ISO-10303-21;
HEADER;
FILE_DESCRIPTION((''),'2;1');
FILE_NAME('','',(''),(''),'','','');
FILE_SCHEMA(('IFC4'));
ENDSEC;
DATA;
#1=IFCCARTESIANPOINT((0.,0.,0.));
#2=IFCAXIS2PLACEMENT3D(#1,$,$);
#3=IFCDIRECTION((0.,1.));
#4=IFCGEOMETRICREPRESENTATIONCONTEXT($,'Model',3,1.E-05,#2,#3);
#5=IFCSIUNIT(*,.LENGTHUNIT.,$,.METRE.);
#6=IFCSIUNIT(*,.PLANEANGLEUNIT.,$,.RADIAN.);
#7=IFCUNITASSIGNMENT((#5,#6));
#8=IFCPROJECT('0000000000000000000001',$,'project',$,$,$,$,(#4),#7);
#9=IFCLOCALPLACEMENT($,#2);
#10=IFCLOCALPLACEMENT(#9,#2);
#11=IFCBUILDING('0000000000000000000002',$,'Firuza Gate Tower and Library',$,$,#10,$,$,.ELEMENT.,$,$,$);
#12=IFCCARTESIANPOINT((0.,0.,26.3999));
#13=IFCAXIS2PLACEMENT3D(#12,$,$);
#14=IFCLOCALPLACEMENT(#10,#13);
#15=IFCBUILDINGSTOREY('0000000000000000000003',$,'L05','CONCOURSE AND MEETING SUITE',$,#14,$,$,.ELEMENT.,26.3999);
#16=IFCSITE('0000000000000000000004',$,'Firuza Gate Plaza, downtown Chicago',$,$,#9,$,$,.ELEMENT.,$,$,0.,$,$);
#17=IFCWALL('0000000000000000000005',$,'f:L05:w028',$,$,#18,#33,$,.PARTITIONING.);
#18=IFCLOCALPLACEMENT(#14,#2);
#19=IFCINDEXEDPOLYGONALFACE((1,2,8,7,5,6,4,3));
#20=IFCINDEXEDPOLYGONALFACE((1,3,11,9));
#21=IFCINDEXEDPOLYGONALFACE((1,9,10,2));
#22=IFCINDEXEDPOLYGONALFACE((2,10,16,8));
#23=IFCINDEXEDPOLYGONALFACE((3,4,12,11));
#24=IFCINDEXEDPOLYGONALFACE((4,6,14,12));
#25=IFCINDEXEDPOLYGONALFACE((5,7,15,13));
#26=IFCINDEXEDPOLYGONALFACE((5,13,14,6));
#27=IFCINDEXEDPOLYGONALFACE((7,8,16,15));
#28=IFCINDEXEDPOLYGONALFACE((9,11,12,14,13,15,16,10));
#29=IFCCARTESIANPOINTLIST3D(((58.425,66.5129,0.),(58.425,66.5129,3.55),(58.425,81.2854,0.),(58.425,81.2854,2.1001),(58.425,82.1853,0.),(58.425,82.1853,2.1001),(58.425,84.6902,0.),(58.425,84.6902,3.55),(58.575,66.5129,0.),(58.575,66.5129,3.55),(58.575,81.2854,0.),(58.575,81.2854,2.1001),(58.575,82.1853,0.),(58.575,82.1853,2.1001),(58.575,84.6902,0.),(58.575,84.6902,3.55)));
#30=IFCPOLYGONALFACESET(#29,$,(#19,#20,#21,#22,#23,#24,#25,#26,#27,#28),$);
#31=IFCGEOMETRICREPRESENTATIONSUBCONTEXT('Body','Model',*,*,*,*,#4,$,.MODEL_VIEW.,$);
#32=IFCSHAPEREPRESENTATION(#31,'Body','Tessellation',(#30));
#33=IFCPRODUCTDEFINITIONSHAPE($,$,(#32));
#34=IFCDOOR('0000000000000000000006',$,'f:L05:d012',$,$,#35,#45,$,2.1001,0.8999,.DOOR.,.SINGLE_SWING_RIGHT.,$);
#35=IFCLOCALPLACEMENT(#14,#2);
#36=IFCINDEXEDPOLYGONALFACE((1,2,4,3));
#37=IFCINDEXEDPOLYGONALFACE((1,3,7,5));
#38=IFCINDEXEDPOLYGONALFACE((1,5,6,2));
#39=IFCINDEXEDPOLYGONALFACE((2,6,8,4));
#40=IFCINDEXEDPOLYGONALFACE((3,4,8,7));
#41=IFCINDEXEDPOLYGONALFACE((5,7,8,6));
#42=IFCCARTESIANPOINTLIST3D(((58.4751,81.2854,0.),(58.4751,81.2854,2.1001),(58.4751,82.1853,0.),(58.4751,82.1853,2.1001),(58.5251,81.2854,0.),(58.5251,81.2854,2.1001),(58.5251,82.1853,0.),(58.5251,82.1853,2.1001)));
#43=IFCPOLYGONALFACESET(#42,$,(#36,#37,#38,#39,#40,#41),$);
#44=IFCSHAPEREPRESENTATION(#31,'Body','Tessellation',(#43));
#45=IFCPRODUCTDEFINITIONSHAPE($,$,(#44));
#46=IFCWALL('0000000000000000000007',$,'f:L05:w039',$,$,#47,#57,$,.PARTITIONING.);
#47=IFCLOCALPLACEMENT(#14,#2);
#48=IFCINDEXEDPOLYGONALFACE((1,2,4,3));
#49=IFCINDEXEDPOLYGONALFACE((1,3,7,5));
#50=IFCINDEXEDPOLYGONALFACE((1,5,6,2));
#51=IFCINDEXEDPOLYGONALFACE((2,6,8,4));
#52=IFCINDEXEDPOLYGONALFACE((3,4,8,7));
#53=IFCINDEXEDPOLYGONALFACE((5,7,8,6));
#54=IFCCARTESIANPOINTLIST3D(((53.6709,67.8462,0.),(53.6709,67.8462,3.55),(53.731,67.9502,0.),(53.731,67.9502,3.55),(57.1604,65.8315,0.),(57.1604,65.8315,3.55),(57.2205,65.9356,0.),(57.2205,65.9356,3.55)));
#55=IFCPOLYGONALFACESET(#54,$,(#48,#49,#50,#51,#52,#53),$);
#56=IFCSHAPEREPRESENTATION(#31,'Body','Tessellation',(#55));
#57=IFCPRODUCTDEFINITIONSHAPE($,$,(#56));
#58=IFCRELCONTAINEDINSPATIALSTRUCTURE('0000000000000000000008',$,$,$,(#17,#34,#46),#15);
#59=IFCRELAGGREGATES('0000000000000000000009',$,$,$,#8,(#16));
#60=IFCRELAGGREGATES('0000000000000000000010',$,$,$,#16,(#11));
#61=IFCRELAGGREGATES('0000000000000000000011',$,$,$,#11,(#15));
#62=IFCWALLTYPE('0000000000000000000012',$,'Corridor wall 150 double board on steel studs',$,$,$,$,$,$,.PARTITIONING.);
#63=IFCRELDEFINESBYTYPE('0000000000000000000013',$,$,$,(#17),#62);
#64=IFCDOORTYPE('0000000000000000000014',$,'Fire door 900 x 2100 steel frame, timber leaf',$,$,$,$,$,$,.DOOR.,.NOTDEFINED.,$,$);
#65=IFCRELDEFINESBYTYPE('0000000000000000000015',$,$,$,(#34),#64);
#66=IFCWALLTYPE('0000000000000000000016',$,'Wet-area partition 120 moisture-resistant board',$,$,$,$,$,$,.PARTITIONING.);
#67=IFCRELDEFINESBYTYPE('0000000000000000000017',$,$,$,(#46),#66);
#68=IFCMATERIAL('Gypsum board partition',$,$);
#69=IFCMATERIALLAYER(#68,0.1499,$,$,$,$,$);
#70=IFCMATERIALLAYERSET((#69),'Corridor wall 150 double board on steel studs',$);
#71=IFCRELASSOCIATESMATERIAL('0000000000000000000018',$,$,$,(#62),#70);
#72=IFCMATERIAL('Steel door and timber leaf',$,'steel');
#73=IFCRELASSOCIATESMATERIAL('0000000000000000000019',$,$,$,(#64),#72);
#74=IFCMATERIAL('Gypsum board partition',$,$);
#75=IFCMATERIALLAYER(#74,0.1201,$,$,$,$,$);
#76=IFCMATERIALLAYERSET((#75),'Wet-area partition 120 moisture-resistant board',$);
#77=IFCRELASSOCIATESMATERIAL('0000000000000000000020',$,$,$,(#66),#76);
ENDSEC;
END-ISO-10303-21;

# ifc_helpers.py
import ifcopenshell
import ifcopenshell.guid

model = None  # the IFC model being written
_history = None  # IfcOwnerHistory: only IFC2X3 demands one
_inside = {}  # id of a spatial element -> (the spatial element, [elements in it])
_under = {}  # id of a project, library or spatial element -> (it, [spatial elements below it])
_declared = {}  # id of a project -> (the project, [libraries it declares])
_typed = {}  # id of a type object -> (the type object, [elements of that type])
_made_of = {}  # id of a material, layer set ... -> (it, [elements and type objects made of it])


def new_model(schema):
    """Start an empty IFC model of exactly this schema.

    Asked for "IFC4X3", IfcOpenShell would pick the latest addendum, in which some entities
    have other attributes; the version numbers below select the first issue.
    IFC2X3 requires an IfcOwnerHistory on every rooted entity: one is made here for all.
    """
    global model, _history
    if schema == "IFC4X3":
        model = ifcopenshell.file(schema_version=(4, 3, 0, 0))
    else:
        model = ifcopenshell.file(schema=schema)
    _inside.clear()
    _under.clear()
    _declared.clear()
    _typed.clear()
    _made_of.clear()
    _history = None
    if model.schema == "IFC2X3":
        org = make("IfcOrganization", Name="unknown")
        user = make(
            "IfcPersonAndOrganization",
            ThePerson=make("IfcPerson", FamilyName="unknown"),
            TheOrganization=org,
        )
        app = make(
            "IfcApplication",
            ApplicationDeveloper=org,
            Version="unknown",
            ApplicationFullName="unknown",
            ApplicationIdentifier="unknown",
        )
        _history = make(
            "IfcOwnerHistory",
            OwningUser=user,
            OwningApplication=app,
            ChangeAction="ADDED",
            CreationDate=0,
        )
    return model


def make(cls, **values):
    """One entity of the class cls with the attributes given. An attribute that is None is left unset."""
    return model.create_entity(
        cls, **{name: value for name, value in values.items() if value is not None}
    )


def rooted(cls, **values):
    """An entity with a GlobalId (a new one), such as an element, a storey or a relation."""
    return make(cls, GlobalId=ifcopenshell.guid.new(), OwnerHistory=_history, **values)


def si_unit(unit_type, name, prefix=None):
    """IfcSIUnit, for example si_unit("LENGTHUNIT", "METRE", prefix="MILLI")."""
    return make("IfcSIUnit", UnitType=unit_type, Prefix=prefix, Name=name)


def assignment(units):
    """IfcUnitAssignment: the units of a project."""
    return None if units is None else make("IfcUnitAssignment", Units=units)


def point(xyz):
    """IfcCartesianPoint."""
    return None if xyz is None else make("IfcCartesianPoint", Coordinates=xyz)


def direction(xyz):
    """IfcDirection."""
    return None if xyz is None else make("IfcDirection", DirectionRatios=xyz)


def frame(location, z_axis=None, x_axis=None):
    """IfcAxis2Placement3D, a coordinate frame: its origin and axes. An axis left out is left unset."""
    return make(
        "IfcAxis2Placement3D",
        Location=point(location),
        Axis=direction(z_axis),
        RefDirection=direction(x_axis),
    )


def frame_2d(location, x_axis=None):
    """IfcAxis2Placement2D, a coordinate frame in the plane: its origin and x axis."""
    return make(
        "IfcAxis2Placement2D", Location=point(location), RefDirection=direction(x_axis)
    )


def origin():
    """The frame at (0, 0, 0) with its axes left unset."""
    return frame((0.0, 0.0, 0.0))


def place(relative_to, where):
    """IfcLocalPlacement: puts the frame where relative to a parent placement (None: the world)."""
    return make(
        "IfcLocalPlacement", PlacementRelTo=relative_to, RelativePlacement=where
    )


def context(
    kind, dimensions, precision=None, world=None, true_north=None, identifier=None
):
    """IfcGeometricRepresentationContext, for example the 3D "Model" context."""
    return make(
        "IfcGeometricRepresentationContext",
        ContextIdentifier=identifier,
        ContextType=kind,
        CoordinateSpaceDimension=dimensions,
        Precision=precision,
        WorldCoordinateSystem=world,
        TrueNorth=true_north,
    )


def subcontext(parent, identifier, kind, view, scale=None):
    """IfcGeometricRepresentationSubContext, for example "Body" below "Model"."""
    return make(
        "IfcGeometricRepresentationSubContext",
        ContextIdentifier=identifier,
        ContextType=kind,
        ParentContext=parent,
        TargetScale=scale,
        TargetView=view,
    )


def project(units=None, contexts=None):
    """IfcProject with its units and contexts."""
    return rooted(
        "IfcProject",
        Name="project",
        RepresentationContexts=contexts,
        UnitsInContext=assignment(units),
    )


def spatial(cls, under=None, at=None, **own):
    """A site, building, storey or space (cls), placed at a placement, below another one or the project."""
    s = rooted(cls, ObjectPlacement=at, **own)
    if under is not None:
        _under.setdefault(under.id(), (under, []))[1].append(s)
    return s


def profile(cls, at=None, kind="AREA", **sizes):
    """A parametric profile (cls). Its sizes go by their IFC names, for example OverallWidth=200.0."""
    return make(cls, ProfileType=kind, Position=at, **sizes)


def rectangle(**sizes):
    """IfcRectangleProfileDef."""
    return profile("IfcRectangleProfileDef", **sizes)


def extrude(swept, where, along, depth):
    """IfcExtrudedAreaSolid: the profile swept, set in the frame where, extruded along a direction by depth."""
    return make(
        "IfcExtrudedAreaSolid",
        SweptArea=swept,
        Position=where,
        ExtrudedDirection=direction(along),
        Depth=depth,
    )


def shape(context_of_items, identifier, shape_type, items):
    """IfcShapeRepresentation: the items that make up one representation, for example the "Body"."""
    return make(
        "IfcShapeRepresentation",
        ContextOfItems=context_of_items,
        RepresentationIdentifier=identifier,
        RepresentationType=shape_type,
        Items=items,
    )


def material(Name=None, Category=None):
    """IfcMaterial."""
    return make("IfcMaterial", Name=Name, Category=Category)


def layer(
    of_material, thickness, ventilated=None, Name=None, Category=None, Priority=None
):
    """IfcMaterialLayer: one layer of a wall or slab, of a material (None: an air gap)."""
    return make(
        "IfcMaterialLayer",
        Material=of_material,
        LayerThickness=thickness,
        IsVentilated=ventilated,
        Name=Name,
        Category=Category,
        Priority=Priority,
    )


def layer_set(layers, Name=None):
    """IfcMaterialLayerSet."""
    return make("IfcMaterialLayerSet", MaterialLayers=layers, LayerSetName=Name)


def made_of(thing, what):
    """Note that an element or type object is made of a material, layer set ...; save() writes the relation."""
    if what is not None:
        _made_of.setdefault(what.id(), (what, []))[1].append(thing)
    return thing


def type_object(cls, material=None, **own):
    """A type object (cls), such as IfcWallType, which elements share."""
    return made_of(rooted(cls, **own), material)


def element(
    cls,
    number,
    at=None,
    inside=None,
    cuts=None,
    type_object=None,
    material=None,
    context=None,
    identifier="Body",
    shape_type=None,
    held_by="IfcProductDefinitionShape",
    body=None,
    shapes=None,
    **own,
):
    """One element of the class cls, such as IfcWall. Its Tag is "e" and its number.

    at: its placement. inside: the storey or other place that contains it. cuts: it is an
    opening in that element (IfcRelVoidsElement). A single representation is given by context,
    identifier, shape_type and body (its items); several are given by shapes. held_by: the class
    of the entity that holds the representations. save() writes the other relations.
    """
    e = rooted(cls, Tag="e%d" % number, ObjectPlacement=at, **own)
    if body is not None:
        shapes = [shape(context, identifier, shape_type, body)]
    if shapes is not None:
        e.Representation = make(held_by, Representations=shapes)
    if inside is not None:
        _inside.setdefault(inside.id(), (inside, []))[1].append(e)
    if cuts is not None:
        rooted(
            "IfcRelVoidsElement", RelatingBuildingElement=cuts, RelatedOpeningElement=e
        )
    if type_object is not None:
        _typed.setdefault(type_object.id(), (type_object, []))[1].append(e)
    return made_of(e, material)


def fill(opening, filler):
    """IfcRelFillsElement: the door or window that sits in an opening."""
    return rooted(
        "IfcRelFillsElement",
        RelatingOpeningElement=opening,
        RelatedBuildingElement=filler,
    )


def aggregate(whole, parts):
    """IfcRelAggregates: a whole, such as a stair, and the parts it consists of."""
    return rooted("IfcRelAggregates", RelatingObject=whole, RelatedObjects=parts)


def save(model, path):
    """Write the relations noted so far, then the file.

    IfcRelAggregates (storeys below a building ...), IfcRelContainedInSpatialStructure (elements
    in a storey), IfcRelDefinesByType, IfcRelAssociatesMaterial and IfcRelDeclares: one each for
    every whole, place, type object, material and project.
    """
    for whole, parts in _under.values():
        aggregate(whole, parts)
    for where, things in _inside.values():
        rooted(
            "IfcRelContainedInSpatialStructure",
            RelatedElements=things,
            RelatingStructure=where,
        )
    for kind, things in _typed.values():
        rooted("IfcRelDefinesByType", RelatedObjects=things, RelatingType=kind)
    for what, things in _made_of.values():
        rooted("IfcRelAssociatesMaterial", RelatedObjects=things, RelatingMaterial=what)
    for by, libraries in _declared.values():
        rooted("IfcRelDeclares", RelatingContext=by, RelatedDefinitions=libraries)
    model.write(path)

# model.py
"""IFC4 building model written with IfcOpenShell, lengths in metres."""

from ifc_helpers import new_model, si_unit, direction, frame, frame_2d, origin, place, context, subcontext, project, spatial, rectangle, extrude, material, layer, layer_set, type_object, element, fill, save


model = new_model("IFC4")

# Units and contexts
model_context = context("Model", 3, precision=1e-05, world=origin(), true_north=direction((0.0, 1.0)))
body_context = subcontext(model_context, "Body", "Model", "MODEL_VIEW")
ifc_project = project(units=[si_unit("LENGTHUNIT", "METRE"), si_unit("PLANEANGLEUNIT", "RADIAN")], contexts=[model_context])

# Site, building, storey
site_placement = place(None, origin())
site = spatial("IfcSite", under=ifc_project, at=site_placement, Name="Firuza Gate Plaza, downtown Chicago", CompositionType="ELEMENT", RefElevation=0.0)
building_placement = place(site_placement, origin())
building = spatial("IfcBuilding", under=site, at=building_placement, Name="Firuza Gate Tower and Library", CompositionType="ELEMENT")
storey_placement = place(building_placement, frame((0.0, 0.0, 26.3999)))
storey = spatial("IfcBuildingStorey", under=building, at=storey_placement, Name="L05", Description="CONCOURSE AND MEETING SUITE", CompositionType="ELEMENT", Elevation=26.3999)

# Wall, opening, door
ifc_material_1 = material(Name="Gypsum board partition")
ifc_layer_1 = layer(ifc_material_1, 0.1499)
ifc_layer_set_1 = layer_set([ifc_layer_1], Name="Corridor wall 150 double board on steel studs")
wall_type_1 = type_object("IfcWallType", Name="Corridor wall 150 double board on steel studs", PredefinedType="PARTITIONING", material=ifc_layer_set_1)
wall_1_placement = place(storey_placement, frame((58.5, 66.5129, 0.0), z_axis=(0.0, 0.0, 1.0), x_axis=(0.0, 1.0, 0.0)))
wall_1 = element("IfcWall", 1, at=wall_1_placement, inside=storey, type_object=wall_type_1, Name="f:L05:w028", PredefinedType="PARTITIONING", context=body_context, shape_type="SweptSolid", body=[
    extrude(rectangle(XDim=18.1772, YDim=0.1499, at=frame_2d((9.0886, 0.0))), origin(), (0.0, 0.0, 1.0), 3.55),
])
opening_1_placement = place(wall_1_placement, frame((14.7725, 0.0, 0.0)))
opening_1 = element("IfcOpeningElement", 2, at=opening_1_placement, cuts=wall_1, PredefinedType="OPENING", context=body_context, shape_type="SweptSolid", body=[
    extrude(rectangle(XDim=0.8999, YDim=2.1001, at=frame_2d((0.45, 1.05))), frame((0.0, 0.085, 0.0), z_axis=(0.0, -1.0, 0.0), x_axis=(1.0, 0.0, 0.0)), (0.0, 0.0, 1.0), 0.1699),
])
ifc_material_2 = material(Name="Steel door and timber leaf", Category="steel")
door_type_1 = type_object("IfcDoorType", Name="Fire door 900 x 2100 steel frame, timber leaf", OperationType="NOTDEFINED", PredefinedType="DOOR", material=ifc_material_2)
door_1_placement = place(opening_1_placement, origin())
door_1 = element("IfcDoor", 3, at=door_1_placement, inside=storey, type_object=door_type_1, Name="f:L05:d012", OperationType="SINGLE_SWING_RIGHT", OverallHeight=2.1001, OverallWidth=0.8999, PredefinedType="DOOR", context=body_context, shape_type="SweptSolid", body=[
    extrude(rectangle(XDim=0.8999, YDim=2.1001, at=frame_2d((0.45, 1.05))), frame((0.0, 0.0249, 0.0), z_axis=(0.0, -1.0, 0.0), x_axis=(1.0, 0.0, 0.0)), (0.0, 0.0, 1.0), 0.05),
])
fill(opening_1, door_1)

# Wall
ifc_material_3 = material(Name="Gypsum board partition")
ifc_layer_2 = layer(ifc_material_3, 0.1201)
ifc_layer_set_2 = layer_set([ifc_layer_2], Name="Wet-area partition 120 moisture-resistant board")
wall_type_2 = type_object("IfcWallType", Name="Wet-area partition 120 moisture-resistant board", PredefinedType="PARTITIONING", material=ifc_layer_set_2)
wall_2_placement = place(storey_placement, frame((57.1904, 65.8835, 0.0), z_axis=(0.0, 0.0, 1.0), x_axis=(-0.866027, 0.499997, 0.0)))
element("IfcWall", 4, at=wall_2_placement, inside=storey, type_object=wall_type_2, Name="f:L05:w039", PredefinedType="PARTITIONING", context=body_context, shape_type="SweptSolid", body=[
    extrude(rectangle(XDim=4.0293, YDim=0.1201, at=frame_2d((2.0146, 0.0))), origin(), (0.0, 0.0, 1.0), 3.55),
])

save(model, "model.ifc")
